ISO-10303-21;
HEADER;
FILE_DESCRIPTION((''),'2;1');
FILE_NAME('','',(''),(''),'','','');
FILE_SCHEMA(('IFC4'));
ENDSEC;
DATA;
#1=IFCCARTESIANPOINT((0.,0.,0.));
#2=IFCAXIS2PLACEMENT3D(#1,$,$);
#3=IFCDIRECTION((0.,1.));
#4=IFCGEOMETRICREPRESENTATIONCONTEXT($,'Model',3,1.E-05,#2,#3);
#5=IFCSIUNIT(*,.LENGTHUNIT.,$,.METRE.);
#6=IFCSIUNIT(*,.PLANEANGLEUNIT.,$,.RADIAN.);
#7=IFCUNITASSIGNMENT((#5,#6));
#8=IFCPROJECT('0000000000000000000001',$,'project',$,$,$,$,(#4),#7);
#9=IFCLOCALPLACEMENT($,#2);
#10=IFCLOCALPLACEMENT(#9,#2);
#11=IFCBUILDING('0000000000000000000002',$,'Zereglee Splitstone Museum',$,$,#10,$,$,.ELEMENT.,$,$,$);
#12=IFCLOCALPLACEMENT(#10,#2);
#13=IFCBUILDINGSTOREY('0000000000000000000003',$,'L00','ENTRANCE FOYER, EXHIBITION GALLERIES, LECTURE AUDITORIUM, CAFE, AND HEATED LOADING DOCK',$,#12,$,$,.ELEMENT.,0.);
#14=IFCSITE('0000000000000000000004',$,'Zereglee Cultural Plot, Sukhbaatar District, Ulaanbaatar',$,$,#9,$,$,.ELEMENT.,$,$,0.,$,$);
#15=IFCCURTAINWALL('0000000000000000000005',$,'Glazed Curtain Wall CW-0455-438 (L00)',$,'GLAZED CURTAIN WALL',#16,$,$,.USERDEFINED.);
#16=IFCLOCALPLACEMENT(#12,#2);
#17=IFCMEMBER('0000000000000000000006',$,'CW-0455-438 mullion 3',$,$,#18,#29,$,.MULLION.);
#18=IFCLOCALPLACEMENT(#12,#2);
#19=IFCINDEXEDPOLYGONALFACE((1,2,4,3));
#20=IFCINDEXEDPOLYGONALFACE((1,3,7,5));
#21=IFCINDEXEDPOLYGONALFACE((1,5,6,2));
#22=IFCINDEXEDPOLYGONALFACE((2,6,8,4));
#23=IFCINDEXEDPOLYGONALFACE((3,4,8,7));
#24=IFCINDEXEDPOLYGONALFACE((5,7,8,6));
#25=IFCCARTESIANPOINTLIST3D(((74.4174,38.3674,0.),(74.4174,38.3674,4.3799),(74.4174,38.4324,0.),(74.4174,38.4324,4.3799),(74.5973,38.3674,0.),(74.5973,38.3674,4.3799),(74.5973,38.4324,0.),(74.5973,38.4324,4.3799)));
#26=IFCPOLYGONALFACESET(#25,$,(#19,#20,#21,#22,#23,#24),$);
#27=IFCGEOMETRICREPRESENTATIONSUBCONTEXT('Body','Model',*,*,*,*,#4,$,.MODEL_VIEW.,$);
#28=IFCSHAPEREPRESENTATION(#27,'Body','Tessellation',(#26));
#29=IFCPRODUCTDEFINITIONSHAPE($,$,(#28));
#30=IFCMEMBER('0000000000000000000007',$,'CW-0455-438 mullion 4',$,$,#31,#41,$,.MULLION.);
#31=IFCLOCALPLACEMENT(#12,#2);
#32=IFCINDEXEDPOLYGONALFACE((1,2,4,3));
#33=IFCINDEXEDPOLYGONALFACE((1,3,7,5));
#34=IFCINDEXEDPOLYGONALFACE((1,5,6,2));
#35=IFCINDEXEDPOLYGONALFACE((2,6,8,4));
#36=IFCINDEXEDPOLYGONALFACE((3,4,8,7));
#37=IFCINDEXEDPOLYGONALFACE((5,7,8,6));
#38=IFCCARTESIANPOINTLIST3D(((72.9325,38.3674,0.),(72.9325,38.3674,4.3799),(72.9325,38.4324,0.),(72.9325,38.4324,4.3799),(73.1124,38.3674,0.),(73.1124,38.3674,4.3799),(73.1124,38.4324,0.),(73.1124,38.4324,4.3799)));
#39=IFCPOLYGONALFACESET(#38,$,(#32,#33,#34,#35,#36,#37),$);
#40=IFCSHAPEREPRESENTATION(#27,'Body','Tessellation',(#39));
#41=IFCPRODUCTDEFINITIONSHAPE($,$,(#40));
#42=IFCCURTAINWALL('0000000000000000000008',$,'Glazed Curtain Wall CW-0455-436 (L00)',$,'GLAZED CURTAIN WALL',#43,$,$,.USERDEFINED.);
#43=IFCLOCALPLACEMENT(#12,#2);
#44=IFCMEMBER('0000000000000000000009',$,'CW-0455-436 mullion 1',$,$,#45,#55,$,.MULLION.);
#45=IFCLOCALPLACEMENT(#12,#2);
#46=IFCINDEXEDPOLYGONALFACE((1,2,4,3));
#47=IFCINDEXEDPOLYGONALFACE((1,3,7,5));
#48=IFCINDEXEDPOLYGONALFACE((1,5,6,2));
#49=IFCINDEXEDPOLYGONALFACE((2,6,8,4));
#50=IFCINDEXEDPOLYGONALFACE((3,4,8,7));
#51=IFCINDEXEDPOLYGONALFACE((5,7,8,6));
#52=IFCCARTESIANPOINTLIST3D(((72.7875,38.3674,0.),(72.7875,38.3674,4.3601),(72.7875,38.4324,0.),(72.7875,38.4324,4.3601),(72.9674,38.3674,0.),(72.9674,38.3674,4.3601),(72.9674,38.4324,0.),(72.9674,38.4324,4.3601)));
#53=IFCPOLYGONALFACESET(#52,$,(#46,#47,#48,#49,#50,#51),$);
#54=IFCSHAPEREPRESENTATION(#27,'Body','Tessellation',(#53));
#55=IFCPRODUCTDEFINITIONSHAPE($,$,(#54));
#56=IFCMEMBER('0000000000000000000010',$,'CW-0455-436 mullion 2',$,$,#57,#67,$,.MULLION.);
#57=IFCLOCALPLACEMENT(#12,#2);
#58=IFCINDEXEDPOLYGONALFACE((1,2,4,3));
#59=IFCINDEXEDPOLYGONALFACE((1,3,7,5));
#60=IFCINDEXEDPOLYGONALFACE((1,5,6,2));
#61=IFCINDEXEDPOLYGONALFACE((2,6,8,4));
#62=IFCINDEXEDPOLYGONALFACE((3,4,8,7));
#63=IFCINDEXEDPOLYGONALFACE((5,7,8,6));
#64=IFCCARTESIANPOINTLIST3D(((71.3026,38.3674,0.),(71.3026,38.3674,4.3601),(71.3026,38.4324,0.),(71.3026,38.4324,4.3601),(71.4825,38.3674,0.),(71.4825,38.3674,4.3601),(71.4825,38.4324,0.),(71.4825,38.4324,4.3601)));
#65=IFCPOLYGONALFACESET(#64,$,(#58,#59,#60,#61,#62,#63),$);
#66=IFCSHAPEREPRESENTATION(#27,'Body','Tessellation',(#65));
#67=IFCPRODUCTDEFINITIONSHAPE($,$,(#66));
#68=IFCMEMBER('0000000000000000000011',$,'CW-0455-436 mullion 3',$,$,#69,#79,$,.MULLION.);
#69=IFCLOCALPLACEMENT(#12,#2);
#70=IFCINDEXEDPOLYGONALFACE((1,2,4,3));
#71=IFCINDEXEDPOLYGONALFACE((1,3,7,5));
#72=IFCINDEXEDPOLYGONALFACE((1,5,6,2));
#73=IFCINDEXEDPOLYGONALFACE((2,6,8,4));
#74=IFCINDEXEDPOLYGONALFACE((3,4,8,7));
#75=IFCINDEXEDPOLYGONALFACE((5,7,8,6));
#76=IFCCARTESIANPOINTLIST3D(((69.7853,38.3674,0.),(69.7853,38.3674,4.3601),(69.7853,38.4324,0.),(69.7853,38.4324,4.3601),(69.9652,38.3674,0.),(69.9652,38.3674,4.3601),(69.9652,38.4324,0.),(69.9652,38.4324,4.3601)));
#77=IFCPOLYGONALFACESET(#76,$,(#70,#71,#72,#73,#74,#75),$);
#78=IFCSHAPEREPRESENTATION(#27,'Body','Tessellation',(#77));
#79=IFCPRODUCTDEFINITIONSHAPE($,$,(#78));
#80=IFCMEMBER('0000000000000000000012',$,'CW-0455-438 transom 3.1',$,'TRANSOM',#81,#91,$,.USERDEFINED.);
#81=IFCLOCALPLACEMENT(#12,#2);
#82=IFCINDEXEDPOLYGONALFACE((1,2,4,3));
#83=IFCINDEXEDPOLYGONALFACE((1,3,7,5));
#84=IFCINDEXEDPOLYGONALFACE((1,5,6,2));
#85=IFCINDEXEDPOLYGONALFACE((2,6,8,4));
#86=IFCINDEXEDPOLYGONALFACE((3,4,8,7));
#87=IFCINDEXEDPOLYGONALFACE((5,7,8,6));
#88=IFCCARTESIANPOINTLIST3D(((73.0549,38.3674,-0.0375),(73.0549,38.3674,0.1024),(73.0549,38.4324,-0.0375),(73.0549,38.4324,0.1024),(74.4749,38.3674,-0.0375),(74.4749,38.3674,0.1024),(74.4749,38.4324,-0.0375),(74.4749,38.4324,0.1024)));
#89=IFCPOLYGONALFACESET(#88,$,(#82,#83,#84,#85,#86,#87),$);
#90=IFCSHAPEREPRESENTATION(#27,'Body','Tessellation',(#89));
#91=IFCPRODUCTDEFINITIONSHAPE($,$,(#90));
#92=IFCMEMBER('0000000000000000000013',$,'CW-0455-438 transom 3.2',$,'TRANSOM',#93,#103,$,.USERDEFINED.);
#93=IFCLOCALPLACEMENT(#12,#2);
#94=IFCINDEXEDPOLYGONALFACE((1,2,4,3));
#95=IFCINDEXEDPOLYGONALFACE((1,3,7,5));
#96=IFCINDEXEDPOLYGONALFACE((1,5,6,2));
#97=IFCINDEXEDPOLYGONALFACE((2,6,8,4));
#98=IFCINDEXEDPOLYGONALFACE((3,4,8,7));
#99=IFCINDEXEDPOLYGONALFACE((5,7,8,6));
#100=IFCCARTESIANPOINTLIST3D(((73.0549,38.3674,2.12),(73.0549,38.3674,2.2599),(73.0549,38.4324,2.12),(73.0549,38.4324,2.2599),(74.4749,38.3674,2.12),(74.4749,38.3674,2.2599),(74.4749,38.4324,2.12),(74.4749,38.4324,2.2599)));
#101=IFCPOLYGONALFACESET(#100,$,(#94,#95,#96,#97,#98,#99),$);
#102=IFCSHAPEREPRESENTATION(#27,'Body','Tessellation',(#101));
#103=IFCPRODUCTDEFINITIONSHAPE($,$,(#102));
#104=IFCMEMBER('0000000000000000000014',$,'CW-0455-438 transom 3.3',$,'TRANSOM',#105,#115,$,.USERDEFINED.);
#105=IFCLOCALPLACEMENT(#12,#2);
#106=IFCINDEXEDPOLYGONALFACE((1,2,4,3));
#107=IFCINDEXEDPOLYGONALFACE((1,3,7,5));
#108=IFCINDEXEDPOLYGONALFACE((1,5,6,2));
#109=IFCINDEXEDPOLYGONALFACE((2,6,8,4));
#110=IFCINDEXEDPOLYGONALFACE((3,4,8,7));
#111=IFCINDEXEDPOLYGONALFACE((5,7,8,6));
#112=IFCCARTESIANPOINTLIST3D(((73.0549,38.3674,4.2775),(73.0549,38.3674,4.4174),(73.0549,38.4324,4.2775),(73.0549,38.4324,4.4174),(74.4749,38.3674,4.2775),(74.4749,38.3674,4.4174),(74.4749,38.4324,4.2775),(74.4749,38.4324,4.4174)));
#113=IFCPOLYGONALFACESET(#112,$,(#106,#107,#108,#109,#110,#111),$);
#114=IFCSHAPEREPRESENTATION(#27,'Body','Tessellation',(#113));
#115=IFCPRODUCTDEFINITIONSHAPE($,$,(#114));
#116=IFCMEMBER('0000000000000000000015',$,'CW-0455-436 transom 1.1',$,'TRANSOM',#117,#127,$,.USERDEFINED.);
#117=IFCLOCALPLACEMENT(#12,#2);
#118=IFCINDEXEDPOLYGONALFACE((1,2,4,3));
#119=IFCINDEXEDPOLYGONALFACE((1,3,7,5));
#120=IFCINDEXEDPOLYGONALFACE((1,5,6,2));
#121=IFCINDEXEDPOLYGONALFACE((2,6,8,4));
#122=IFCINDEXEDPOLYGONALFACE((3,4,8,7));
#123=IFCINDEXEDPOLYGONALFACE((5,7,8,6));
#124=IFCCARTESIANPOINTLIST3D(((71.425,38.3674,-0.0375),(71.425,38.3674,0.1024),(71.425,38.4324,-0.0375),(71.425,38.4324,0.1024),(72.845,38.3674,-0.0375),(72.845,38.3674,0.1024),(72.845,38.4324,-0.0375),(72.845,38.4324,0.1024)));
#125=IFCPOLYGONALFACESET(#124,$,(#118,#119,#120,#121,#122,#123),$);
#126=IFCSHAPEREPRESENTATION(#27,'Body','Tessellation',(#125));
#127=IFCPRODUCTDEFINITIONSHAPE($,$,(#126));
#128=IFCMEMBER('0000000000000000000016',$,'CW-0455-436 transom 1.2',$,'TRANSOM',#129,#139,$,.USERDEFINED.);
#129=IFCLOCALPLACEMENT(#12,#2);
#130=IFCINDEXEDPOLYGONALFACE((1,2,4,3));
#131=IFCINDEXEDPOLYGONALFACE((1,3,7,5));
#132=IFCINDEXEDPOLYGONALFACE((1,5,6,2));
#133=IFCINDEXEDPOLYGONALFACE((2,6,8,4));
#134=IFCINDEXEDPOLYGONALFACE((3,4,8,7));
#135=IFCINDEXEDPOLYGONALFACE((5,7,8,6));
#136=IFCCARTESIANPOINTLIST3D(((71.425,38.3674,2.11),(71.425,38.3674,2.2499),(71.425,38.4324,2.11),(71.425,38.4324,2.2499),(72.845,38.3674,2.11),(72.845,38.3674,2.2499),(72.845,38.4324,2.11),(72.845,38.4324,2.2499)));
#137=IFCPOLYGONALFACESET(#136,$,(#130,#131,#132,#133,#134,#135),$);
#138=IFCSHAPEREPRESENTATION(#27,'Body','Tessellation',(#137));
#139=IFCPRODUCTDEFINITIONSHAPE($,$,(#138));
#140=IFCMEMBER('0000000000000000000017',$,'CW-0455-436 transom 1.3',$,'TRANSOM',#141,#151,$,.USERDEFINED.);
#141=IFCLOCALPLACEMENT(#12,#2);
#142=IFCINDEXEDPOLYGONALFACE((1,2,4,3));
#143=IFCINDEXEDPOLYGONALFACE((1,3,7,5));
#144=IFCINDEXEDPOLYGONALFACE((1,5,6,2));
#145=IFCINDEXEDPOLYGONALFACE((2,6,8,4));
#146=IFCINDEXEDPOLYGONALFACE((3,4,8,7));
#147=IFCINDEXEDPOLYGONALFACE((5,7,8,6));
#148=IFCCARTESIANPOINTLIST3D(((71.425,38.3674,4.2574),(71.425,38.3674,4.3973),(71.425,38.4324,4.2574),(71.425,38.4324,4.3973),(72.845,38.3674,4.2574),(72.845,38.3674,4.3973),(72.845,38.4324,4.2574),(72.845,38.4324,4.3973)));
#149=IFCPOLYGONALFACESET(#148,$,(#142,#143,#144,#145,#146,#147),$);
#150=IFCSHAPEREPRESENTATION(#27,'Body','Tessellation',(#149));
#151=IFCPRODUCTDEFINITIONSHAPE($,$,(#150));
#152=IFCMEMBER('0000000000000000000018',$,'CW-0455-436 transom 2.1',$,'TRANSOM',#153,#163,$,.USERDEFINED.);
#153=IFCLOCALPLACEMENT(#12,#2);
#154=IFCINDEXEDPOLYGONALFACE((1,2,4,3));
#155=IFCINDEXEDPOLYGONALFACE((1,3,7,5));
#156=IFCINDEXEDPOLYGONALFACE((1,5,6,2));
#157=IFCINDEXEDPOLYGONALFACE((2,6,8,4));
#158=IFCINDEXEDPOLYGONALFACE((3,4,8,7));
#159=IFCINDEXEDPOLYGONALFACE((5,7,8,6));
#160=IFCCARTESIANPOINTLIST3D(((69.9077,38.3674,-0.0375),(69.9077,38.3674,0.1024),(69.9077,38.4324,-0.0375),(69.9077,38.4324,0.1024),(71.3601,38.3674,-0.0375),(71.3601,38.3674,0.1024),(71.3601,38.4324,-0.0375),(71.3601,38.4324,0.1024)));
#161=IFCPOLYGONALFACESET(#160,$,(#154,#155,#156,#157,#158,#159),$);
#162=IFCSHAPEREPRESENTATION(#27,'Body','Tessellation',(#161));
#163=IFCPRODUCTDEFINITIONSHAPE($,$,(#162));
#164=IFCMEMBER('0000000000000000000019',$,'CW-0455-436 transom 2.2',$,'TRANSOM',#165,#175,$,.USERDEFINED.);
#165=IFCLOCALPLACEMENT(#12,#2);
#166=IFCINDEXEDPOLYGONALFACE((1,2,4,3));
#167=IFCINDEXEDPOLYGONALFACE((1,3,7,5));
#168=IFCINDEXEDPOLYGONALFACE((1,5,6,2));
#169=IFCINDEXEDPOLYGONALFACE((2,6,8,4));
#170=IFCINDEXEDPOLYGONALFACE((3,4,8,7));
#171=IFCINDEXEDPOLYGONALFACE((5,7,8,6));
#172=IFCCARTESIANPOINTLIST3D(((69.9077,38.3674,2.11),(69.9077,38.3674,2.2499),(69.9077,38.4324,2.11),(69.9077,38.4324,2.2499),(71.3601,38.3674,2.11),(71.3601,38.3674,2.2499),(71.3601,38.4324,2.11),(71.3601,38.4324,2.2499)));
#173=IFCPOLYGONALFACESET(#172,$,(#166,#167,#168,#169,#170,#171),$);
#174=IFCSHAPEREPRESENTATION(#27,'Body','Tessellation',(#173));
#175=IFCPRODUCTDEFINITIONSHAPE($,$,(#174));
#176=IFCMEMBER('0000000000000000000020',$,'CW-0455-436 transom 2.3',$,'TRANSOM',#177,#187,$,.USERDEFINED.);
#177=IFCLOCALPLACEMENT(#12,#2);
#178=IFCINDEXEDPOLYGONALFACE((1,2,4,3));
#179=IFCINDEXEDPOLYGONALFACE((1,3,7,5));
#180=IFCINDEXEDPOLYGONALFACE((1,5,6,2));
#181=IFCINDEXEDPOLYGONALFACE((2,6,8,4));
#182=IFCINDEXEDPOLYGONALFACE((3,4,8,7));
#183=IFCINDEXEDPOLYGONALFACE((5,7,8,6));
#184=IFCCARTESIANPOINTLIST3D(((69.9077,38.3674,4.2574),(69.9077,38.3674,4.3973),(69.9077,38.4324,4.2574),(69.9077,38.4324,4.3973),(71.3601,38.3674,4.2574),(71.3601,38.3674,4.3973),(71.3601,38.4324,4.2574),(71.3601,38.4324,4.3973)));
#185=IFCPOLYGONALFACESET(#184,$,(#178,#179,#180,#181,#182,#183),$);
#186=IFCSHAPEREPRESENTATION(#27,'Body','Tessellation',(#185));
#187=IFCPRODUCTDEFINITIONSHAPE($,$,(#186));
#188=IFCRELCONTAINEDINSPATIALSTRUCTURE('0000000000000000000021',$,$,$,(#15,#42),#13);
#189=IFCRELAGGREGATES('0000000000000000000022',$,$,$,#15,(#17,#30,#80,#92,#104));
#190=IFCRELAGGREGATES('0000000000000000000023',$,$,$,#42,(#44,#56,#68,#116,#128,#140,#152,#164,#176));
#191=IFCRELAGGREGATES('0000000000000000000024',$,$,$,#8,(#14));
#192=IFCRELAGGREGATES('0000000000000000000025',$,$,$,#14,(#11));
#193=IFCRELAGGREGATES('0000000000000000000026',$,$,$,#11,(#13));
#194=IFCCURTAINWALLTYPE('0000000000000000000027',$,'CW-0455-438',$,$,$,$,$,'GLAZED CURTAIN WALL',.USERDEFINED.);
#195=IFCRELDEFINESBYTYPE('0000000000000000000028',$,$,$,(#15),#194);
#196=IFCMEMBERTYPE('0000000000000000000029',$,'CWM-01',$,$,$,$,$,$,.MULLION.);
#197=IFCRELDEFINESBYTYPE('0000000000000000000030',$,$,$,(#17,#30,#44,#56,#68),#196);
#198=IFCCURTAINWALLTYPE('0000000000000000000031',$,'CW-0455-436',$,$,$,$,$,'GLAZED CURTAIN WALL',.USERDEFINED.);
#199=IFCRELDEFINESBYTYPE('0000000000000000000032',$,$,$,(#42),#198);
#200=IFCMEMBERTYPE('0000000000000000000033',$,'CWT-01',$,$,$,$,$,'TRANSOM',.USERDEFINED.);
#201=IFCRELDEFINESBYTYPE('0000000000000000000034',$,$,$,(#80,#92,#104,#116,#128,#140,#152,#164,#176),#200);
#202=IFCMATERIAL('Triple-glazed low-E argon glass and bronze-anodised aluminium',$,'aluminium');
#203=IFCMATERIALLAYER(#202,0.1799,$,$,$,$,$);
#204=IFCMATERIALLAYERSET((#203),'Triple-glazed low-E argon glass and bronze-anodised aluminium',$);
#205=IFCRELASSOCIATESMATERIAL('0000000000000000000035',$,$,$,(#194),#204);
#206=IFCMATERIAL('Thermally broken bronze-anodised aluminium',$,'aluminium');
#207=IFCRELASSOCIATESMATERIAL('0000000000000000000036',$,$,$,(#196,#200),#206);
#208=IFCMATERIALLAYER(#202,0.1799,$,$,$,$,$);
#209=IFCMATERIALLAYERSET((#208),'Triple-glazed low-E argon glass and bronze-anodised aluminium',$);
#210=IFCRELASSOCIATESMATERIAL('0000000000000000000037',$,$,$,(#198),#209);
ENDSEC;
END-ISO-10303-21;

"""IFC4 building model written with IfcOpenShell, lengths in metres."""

from ifc_helpers import new_model, si_unit, direction, frame, origin, origin_2d, place, context, subcontext, project, spatial, rectangle, extrude, material, layer, layer_set, material_profile, profile_set, type_object, element, aggregate, save


model = new_model("IFC4")

# Units and contexts
model_context = context("Model", 3, precision=1e-05, world=origin(), true_north=direction((0.0, 1.0)))
body_context = subcontext(model_context, "Body", "Model", "MODEL_VIEW")
ifc_project = project(units=[si_unit("LENGTHUNIT", "METRE"), si_unit("PLANEANGLEUNIT", "RADIAN")], contexts=[model_context])

# Site, building, storey
site_placement = place(None, origin())
site = spatial("IfcSite", under=ifc_project, at=site_placement, Name="Zereglee Cultural Plot, Sukhbaatar District, Ulaanbaatar", CompositionType="ELEMENT", RefElevation=0.0)
building_placement = place(site_placement, origin())
building = spatial("IfcBuilding", under=site, at=building_placement, Name="Zereglee Splitstone Museum", CompositionType="ELEMENT")
storey_placement = place(building_placement, origin())
storey = spatial("IfcBuildingStorey", under=building, at=storey_placement, Name="L00", Description="ENTRANCE FOYER, EXHIBITION GALLERIES, LECTURE AUDITORIUM, CAFE, AND HEATED LOADING DOCK", CompositionType="ELEMENT", Elevation=0.0)

# Curtain walls, members
ifc_material_1 = material(Name="Triple-glazed low-E argon glass and bronze-anodised aluminium", Category="aluminium")
ifc_layer_1 = layer(ifc_material_1, 0.1799)
ifc_layer_set_1 = layer_set([ifc_layer_1], Name="Triple-glazed low-E argon glass and bronze-anodised aluminium")
curtain_wall_type_1 = type_object("IfcCurtainWallType", Name="CW-0455-438", ElementType="GLAZED CURTAIN WALL", PredefinedType="USERDEFINED", material=ifc_layer_set_1)
curtain_wall_1_placement = place(storey_placement, origin())
curtain_wall_1 = element("IfcCurtainWall", 1, at=curtain_wall_1_placement, inside=storey, type_object=curtain_wall_type_1, Name="Glazed Curtain Wall CW-0455-438 (L00)", ObjectType="GLAZED CURTAIN WALL", PredefinedType="USERDEFINED")
ifc_material_2 = material(Name="Thermally broken bronze-anodised aluminium", Category="aluminium")
ifc_material_profile_1 = material_profile(ifc_material_2, rectangle(XDim=0.0649, YDim=0.1799, at=origin_2d()), Name="CW MULL 65x180")
ifc_profile_set_1 = profile_set([ifc_material_profile_1], Name="Thermally broken bronze-anodised aluminium")
member_type_1 = type_object("IfcMemberType", Name="CWM-01", PredefinedType="MULLION", material=ifc_profile_set_1)
member_1_placement = place(storey_placement, frame((74.5073, 38.3999, 0.0), z_axis=(0.0, 0.0, 1.0), x_axis=(0.0, -1.0, 0.0)))
member_1 = element("IfcMember", 2, at=member_1_placement, type_object=member_type_1, Name="CW-0455-438 mullion 3", PredefinedType="MULLION", context=body_context, shape_type="SweptSolid", body=[
    extrude(rectangle(XDim=0.0649, YDim=0.1799, at=origin_2d()), origin(), (0.0, 0.0, 1.0), 4.3799),
])
member_2_placement = place(storey_placement, frame((73.0225, 38.3999, 0.0), z_axis=(0.0, 0.0, 1.0), x_axis=(0.0, -1.0, 0.0)))
member_2 = element("IfcMember", 3, at=member_2_placement, type_object=member_type_1, Name="CW-0455-438 mullion 4", PredefinedType="MULLION", context=body_context, shape_type="SweptSolid", body=[
    extrude(rectangle(XDim=0.0649, YDim=0.1799, at=origin_2d()), origin(), (0.0, 0.0, 1.0), 4.3799),
])
ifc_layer_2 = layer(ifc_material_1, 0.1799)
ifc_layer_set_2 = layer_set([ifc_layer_2], Name="Triple-glazed low-E argon glass and bronze-anodised aluminium")
curtain_wall_type_2 = type_object("IfcCurtainWallType", Name="CW-0455-436", ElementType="GLAZED CURTAIN WALL", PredefinedType="USERDEFINED", material=ifc_layer_set_2)
curtain_wall_2_placement = place(storey_placement, origin())
curtain_wall_2 = element("IfcCurtainWall", 4, at=curtain_wall_2_placement, inside=storey, type_object=curtain_wall_type_2, Name="Glazed Curtain Wall CW-0455-436 (L00)", ObjectType="GLAZED CURTAIN WALL", PredefinedType="USERDEFINED")
member_3_placement = place(storey_placement, frame((72.8774, 38.3999, 0.0), z_axis=(0.0, 0.0, 1.0), x_axis=(0.0, -1.0, 0.0)))
member_3 = element("IfcMember", 5, at=member_3_placement, type_object=member_type_1, Name="CW-0455-436 mullion 1", PredefinedType="MULLION", context=body_context, shape_type="SweptSolid", body=[
    extrude(rectangle(XDim=0.0649, YDim=0.1799, at=origin_2d()), origin(), (0.0, 0.0, 1.0), 4.3601),
])
member_4_placement = place(storey_placement, frame((71.3926, 38.3999, 0.0), z_axis=(0.0, 0.0, 1.0), x_axis=(0.0, -1.0, 0.0)))
member_4 = element("IfcMember", 6, at=member_4_placement, type_object=member_type_1, Name="CW-0455-436 mullion 2", PredefinedType="MULLION", context=body_context, shape_type="SweptSolid", body=[
    extrude(rectangle(XDim=0.0649, YDim=0.1799, at=origin_2d()), origin(), (0.0, 0.0, 1.0), 4.3601),
])
member_5_placement = place(storey_placement, frame((69.8752, 38.3999, 0.0), z_axis=(0.0, 0.0, 1.0), x_axis=(0.0, -1.0, 0.0)))
member_5 = element("IfcMember", 7, at=member_5_placement, type_object=member_type_1, Name="CW-0455-436 mullion 3", PredefinedType="MULLION", context=body_context, shape_type="SweptSolid", body=[
    extrude(rectangle(XDim=0.0649, YDim=0.1799, at=origin_2d()), origin(), (0.0, 0.0, 1.0), 4.3601),
])

# Members
ifc_material_profile_2 = material_profile(ifc_material_2, rectangle(XDim=0.0649, YDim=0.1399, at=origin_2d()), Name="CW TRAN 65x140")
ifc_profile_set_2 = profile_set([ifc_material_profile_2], Name="Thermally broken bronze-anodised aluminium")
member_type_2 = type_object("IfcMemberType", Name="CWT-01", ElementType="TRANSOM", PredefinedType="USERDEFINED", material=ifc_profile_set_2)
member_6_placement = place(storey_placement, frame((74.4749, 38.3999, 0.0325), z_axis=(-1.0, 0.0, 0.0), x_axis=(0.0, -1.0, 0.0)))
member_6 = element("IfcMember", 8, at=member_6_placement, type_object=member_type_2, Name="CW-0455-438 transom 3.1", ObjectType="TRANSOM", PredefinedType="USERDEFINED", context=body_context, shape_type="SweptSolid", body=[
    extrude(rectangle(XDim=0.0649, YDim=0.1399, at=origin_2d()), origin(), (0.0, 0.0, 1.0), 1.4199),
])
member_7_placement = place(storey_placement, frame((74.4749, 38.3999, 2.1899), z_axis=(-1.0, 0.0, 0.0), x_axis=(0.0, -1.0, 0.0)))
member_7 = element("IfcMember", 9, at=member_7_placement, type_object=member_type_2, Name="CW-0455-438 transom 3.2", ObjectType="TRANSOM", PredefinedType="USERDEFINED", context=body_context, shape_type="SweptSolid", body=[
    extrude(rectangle(XDim=0.0649, YDim=0.1399, at=origin_2d()), origin(), (0.0, 0.0, 1.0), 1.4199),
])
member_8_placement = place(storey_placement, frame((74.4749, 38.3999, 4.3474), z_axis=(-1.0, 0.0, 0.0), x_axis=(0.0, -1.0, 0.0)))
member_8 = element("IfcMember", 10, at=member_8_placement, type_object=member_type_2, Name="CW-0455-438 transom 3.3", ObjectType="TRANSOM", PredefinedType="USERDEFINED", context=body_context, shape_type="SweptSolid", body=[
    extrude(rectangle(XDim=0.0649, YDim=0.1399, at=origin_2d()), origin(), (0.0, 0.0, 1.0), 1.4199),
])
member_9_placement = place(storey_placement, frame((72.845, 38.3999, 0.0325), z_axis=(-1.0, 0.0, 0.0), x_axis=(0.0, -1.0, 0.0)))
member_9 = element("IfcMember", 11, at=member_9_placement, type_object=member_type_2, Name="CW-0455-436 transom 1.1", ObjectType="TRANSOM", PredefinedType="USERDEFINED", context=body_context, shape_type="SweptSolid", body=[
    extrude(rectangle(XDim=0.0649, YDim=0.1399, at=origin_2d()), origin(), (0.0, 0.0, 1.0), 1.4199),
])
member_10_placement = place(storey_placement, frame((72.845, 38.3999, 2.1799), z_axis=(-1.0, 0.0, 0.0), x_axis=(0.0, -1.0, 0.0)))
member_10 = element("IfcMember", 12, at=member_10_placement, type_object=member_type_2, Name="CW-0455-436 transom 1.2", ObjectType="TRANSOM", PredefinedType="USERDEFINED", context=body_context, shape_type="SweptSolid", body=[
    extrude(rectangle(XDim=0.0649, YDim=0.1399, at=origin_2d()), origin(), (0.0, 0.0, 1.0), 1.4199),
])
member_11_placement = place(storey_placement, frame((72.845, 38.3999, 4.3274), z_axis=(-1.0, 0.0, 0.0), x_axis=(0.0, -1.0, 0.0)))
member_11 = element("IfcMember", 13, at=member_11_placement, type_object=member_type_2, Name="CW-0455-436 transom 1.3", ObjectType="TRANSOM", PredefinedType="USERDEFINED", context=body_context, shape_type="SweptSolid", body=[
    extrude(rectangle(XDim=0.0649, YDim=0.1399, at=origin_2d()), origin(), (0.0, 0.0, 1.0), 1.4199),
])
member_12_placement = place(storey_placement, frame((71.3601, 38.3999, 0.0325), z_axis=(-1.0, 0.0, 0.0), x_axis=(0.0, -1.0, 0.0)))
member_12 = element("IfcMember", 14, at=member_12_placement, type_object=member_type_2, Name="CW-0455-436 transom 2.1", ObjectType="TRANSOM", PredefinedType="USERDEFINED", context=body_context, shape_type="SweptSolid", body=[
    extrude(rectangle(XDim=0.0649, YDim=0.1399, at=origin_2d()), origin(), (0.0, 0.0, 1.0), 1.4524),
])
member_13_placement = place(storey_placement, frame((71.3601, 38.3999, 2.1799), z_axis=(-1.0, 0.0, 0.0), x_axis=(0.0, -1.0, 0.0)))
member_13 = element("IfcMember", 15, at=member_13_placement, type_object=member_type_2, Name="CW-0455-436 transom 2.2", ObjectType="TRANSOM", PredefinedType="USERDEFINED", context=body_context, shape_type="SweptSolid", body=[
    extrude(rectangle(XDim=0.0649, YDim=0.1399, at=origin_2d()), origin(), (0.0, 0.0, 1.0), 1.4524),
])
member_14_placement = place(storey_placement, frame((71.3601, 38.3999, 4.3274), z_axis=(-1.0, 0.0, 0.0), x_axis=(0.0, -1.0, 0.0)))
member_14 = element("IfcMember", 16, at=member_14_placement, type_object=member_type_2, Name="CW-0455-436 transom 2.3", ObjectType="TRANSOM", PredefinedType="USERDEFINED", context=body_context, shape_type="SweptSolid", body=[
    extrude(rectangle(XDim=0.0649, YDim=0.1399, at=origin_2d()), origin(), (0.0, 0.0, 1.0), 1.4524),
])

aggregate(curtain_wall_1, [member_1, member_2, member_6, member_7, member_8])
aggregate(curtain_wall_2, [member_3, member_4, member_5, member_9, member_10, member_11, member_12, member_13, member_14])

save(model, "model.ifc")
